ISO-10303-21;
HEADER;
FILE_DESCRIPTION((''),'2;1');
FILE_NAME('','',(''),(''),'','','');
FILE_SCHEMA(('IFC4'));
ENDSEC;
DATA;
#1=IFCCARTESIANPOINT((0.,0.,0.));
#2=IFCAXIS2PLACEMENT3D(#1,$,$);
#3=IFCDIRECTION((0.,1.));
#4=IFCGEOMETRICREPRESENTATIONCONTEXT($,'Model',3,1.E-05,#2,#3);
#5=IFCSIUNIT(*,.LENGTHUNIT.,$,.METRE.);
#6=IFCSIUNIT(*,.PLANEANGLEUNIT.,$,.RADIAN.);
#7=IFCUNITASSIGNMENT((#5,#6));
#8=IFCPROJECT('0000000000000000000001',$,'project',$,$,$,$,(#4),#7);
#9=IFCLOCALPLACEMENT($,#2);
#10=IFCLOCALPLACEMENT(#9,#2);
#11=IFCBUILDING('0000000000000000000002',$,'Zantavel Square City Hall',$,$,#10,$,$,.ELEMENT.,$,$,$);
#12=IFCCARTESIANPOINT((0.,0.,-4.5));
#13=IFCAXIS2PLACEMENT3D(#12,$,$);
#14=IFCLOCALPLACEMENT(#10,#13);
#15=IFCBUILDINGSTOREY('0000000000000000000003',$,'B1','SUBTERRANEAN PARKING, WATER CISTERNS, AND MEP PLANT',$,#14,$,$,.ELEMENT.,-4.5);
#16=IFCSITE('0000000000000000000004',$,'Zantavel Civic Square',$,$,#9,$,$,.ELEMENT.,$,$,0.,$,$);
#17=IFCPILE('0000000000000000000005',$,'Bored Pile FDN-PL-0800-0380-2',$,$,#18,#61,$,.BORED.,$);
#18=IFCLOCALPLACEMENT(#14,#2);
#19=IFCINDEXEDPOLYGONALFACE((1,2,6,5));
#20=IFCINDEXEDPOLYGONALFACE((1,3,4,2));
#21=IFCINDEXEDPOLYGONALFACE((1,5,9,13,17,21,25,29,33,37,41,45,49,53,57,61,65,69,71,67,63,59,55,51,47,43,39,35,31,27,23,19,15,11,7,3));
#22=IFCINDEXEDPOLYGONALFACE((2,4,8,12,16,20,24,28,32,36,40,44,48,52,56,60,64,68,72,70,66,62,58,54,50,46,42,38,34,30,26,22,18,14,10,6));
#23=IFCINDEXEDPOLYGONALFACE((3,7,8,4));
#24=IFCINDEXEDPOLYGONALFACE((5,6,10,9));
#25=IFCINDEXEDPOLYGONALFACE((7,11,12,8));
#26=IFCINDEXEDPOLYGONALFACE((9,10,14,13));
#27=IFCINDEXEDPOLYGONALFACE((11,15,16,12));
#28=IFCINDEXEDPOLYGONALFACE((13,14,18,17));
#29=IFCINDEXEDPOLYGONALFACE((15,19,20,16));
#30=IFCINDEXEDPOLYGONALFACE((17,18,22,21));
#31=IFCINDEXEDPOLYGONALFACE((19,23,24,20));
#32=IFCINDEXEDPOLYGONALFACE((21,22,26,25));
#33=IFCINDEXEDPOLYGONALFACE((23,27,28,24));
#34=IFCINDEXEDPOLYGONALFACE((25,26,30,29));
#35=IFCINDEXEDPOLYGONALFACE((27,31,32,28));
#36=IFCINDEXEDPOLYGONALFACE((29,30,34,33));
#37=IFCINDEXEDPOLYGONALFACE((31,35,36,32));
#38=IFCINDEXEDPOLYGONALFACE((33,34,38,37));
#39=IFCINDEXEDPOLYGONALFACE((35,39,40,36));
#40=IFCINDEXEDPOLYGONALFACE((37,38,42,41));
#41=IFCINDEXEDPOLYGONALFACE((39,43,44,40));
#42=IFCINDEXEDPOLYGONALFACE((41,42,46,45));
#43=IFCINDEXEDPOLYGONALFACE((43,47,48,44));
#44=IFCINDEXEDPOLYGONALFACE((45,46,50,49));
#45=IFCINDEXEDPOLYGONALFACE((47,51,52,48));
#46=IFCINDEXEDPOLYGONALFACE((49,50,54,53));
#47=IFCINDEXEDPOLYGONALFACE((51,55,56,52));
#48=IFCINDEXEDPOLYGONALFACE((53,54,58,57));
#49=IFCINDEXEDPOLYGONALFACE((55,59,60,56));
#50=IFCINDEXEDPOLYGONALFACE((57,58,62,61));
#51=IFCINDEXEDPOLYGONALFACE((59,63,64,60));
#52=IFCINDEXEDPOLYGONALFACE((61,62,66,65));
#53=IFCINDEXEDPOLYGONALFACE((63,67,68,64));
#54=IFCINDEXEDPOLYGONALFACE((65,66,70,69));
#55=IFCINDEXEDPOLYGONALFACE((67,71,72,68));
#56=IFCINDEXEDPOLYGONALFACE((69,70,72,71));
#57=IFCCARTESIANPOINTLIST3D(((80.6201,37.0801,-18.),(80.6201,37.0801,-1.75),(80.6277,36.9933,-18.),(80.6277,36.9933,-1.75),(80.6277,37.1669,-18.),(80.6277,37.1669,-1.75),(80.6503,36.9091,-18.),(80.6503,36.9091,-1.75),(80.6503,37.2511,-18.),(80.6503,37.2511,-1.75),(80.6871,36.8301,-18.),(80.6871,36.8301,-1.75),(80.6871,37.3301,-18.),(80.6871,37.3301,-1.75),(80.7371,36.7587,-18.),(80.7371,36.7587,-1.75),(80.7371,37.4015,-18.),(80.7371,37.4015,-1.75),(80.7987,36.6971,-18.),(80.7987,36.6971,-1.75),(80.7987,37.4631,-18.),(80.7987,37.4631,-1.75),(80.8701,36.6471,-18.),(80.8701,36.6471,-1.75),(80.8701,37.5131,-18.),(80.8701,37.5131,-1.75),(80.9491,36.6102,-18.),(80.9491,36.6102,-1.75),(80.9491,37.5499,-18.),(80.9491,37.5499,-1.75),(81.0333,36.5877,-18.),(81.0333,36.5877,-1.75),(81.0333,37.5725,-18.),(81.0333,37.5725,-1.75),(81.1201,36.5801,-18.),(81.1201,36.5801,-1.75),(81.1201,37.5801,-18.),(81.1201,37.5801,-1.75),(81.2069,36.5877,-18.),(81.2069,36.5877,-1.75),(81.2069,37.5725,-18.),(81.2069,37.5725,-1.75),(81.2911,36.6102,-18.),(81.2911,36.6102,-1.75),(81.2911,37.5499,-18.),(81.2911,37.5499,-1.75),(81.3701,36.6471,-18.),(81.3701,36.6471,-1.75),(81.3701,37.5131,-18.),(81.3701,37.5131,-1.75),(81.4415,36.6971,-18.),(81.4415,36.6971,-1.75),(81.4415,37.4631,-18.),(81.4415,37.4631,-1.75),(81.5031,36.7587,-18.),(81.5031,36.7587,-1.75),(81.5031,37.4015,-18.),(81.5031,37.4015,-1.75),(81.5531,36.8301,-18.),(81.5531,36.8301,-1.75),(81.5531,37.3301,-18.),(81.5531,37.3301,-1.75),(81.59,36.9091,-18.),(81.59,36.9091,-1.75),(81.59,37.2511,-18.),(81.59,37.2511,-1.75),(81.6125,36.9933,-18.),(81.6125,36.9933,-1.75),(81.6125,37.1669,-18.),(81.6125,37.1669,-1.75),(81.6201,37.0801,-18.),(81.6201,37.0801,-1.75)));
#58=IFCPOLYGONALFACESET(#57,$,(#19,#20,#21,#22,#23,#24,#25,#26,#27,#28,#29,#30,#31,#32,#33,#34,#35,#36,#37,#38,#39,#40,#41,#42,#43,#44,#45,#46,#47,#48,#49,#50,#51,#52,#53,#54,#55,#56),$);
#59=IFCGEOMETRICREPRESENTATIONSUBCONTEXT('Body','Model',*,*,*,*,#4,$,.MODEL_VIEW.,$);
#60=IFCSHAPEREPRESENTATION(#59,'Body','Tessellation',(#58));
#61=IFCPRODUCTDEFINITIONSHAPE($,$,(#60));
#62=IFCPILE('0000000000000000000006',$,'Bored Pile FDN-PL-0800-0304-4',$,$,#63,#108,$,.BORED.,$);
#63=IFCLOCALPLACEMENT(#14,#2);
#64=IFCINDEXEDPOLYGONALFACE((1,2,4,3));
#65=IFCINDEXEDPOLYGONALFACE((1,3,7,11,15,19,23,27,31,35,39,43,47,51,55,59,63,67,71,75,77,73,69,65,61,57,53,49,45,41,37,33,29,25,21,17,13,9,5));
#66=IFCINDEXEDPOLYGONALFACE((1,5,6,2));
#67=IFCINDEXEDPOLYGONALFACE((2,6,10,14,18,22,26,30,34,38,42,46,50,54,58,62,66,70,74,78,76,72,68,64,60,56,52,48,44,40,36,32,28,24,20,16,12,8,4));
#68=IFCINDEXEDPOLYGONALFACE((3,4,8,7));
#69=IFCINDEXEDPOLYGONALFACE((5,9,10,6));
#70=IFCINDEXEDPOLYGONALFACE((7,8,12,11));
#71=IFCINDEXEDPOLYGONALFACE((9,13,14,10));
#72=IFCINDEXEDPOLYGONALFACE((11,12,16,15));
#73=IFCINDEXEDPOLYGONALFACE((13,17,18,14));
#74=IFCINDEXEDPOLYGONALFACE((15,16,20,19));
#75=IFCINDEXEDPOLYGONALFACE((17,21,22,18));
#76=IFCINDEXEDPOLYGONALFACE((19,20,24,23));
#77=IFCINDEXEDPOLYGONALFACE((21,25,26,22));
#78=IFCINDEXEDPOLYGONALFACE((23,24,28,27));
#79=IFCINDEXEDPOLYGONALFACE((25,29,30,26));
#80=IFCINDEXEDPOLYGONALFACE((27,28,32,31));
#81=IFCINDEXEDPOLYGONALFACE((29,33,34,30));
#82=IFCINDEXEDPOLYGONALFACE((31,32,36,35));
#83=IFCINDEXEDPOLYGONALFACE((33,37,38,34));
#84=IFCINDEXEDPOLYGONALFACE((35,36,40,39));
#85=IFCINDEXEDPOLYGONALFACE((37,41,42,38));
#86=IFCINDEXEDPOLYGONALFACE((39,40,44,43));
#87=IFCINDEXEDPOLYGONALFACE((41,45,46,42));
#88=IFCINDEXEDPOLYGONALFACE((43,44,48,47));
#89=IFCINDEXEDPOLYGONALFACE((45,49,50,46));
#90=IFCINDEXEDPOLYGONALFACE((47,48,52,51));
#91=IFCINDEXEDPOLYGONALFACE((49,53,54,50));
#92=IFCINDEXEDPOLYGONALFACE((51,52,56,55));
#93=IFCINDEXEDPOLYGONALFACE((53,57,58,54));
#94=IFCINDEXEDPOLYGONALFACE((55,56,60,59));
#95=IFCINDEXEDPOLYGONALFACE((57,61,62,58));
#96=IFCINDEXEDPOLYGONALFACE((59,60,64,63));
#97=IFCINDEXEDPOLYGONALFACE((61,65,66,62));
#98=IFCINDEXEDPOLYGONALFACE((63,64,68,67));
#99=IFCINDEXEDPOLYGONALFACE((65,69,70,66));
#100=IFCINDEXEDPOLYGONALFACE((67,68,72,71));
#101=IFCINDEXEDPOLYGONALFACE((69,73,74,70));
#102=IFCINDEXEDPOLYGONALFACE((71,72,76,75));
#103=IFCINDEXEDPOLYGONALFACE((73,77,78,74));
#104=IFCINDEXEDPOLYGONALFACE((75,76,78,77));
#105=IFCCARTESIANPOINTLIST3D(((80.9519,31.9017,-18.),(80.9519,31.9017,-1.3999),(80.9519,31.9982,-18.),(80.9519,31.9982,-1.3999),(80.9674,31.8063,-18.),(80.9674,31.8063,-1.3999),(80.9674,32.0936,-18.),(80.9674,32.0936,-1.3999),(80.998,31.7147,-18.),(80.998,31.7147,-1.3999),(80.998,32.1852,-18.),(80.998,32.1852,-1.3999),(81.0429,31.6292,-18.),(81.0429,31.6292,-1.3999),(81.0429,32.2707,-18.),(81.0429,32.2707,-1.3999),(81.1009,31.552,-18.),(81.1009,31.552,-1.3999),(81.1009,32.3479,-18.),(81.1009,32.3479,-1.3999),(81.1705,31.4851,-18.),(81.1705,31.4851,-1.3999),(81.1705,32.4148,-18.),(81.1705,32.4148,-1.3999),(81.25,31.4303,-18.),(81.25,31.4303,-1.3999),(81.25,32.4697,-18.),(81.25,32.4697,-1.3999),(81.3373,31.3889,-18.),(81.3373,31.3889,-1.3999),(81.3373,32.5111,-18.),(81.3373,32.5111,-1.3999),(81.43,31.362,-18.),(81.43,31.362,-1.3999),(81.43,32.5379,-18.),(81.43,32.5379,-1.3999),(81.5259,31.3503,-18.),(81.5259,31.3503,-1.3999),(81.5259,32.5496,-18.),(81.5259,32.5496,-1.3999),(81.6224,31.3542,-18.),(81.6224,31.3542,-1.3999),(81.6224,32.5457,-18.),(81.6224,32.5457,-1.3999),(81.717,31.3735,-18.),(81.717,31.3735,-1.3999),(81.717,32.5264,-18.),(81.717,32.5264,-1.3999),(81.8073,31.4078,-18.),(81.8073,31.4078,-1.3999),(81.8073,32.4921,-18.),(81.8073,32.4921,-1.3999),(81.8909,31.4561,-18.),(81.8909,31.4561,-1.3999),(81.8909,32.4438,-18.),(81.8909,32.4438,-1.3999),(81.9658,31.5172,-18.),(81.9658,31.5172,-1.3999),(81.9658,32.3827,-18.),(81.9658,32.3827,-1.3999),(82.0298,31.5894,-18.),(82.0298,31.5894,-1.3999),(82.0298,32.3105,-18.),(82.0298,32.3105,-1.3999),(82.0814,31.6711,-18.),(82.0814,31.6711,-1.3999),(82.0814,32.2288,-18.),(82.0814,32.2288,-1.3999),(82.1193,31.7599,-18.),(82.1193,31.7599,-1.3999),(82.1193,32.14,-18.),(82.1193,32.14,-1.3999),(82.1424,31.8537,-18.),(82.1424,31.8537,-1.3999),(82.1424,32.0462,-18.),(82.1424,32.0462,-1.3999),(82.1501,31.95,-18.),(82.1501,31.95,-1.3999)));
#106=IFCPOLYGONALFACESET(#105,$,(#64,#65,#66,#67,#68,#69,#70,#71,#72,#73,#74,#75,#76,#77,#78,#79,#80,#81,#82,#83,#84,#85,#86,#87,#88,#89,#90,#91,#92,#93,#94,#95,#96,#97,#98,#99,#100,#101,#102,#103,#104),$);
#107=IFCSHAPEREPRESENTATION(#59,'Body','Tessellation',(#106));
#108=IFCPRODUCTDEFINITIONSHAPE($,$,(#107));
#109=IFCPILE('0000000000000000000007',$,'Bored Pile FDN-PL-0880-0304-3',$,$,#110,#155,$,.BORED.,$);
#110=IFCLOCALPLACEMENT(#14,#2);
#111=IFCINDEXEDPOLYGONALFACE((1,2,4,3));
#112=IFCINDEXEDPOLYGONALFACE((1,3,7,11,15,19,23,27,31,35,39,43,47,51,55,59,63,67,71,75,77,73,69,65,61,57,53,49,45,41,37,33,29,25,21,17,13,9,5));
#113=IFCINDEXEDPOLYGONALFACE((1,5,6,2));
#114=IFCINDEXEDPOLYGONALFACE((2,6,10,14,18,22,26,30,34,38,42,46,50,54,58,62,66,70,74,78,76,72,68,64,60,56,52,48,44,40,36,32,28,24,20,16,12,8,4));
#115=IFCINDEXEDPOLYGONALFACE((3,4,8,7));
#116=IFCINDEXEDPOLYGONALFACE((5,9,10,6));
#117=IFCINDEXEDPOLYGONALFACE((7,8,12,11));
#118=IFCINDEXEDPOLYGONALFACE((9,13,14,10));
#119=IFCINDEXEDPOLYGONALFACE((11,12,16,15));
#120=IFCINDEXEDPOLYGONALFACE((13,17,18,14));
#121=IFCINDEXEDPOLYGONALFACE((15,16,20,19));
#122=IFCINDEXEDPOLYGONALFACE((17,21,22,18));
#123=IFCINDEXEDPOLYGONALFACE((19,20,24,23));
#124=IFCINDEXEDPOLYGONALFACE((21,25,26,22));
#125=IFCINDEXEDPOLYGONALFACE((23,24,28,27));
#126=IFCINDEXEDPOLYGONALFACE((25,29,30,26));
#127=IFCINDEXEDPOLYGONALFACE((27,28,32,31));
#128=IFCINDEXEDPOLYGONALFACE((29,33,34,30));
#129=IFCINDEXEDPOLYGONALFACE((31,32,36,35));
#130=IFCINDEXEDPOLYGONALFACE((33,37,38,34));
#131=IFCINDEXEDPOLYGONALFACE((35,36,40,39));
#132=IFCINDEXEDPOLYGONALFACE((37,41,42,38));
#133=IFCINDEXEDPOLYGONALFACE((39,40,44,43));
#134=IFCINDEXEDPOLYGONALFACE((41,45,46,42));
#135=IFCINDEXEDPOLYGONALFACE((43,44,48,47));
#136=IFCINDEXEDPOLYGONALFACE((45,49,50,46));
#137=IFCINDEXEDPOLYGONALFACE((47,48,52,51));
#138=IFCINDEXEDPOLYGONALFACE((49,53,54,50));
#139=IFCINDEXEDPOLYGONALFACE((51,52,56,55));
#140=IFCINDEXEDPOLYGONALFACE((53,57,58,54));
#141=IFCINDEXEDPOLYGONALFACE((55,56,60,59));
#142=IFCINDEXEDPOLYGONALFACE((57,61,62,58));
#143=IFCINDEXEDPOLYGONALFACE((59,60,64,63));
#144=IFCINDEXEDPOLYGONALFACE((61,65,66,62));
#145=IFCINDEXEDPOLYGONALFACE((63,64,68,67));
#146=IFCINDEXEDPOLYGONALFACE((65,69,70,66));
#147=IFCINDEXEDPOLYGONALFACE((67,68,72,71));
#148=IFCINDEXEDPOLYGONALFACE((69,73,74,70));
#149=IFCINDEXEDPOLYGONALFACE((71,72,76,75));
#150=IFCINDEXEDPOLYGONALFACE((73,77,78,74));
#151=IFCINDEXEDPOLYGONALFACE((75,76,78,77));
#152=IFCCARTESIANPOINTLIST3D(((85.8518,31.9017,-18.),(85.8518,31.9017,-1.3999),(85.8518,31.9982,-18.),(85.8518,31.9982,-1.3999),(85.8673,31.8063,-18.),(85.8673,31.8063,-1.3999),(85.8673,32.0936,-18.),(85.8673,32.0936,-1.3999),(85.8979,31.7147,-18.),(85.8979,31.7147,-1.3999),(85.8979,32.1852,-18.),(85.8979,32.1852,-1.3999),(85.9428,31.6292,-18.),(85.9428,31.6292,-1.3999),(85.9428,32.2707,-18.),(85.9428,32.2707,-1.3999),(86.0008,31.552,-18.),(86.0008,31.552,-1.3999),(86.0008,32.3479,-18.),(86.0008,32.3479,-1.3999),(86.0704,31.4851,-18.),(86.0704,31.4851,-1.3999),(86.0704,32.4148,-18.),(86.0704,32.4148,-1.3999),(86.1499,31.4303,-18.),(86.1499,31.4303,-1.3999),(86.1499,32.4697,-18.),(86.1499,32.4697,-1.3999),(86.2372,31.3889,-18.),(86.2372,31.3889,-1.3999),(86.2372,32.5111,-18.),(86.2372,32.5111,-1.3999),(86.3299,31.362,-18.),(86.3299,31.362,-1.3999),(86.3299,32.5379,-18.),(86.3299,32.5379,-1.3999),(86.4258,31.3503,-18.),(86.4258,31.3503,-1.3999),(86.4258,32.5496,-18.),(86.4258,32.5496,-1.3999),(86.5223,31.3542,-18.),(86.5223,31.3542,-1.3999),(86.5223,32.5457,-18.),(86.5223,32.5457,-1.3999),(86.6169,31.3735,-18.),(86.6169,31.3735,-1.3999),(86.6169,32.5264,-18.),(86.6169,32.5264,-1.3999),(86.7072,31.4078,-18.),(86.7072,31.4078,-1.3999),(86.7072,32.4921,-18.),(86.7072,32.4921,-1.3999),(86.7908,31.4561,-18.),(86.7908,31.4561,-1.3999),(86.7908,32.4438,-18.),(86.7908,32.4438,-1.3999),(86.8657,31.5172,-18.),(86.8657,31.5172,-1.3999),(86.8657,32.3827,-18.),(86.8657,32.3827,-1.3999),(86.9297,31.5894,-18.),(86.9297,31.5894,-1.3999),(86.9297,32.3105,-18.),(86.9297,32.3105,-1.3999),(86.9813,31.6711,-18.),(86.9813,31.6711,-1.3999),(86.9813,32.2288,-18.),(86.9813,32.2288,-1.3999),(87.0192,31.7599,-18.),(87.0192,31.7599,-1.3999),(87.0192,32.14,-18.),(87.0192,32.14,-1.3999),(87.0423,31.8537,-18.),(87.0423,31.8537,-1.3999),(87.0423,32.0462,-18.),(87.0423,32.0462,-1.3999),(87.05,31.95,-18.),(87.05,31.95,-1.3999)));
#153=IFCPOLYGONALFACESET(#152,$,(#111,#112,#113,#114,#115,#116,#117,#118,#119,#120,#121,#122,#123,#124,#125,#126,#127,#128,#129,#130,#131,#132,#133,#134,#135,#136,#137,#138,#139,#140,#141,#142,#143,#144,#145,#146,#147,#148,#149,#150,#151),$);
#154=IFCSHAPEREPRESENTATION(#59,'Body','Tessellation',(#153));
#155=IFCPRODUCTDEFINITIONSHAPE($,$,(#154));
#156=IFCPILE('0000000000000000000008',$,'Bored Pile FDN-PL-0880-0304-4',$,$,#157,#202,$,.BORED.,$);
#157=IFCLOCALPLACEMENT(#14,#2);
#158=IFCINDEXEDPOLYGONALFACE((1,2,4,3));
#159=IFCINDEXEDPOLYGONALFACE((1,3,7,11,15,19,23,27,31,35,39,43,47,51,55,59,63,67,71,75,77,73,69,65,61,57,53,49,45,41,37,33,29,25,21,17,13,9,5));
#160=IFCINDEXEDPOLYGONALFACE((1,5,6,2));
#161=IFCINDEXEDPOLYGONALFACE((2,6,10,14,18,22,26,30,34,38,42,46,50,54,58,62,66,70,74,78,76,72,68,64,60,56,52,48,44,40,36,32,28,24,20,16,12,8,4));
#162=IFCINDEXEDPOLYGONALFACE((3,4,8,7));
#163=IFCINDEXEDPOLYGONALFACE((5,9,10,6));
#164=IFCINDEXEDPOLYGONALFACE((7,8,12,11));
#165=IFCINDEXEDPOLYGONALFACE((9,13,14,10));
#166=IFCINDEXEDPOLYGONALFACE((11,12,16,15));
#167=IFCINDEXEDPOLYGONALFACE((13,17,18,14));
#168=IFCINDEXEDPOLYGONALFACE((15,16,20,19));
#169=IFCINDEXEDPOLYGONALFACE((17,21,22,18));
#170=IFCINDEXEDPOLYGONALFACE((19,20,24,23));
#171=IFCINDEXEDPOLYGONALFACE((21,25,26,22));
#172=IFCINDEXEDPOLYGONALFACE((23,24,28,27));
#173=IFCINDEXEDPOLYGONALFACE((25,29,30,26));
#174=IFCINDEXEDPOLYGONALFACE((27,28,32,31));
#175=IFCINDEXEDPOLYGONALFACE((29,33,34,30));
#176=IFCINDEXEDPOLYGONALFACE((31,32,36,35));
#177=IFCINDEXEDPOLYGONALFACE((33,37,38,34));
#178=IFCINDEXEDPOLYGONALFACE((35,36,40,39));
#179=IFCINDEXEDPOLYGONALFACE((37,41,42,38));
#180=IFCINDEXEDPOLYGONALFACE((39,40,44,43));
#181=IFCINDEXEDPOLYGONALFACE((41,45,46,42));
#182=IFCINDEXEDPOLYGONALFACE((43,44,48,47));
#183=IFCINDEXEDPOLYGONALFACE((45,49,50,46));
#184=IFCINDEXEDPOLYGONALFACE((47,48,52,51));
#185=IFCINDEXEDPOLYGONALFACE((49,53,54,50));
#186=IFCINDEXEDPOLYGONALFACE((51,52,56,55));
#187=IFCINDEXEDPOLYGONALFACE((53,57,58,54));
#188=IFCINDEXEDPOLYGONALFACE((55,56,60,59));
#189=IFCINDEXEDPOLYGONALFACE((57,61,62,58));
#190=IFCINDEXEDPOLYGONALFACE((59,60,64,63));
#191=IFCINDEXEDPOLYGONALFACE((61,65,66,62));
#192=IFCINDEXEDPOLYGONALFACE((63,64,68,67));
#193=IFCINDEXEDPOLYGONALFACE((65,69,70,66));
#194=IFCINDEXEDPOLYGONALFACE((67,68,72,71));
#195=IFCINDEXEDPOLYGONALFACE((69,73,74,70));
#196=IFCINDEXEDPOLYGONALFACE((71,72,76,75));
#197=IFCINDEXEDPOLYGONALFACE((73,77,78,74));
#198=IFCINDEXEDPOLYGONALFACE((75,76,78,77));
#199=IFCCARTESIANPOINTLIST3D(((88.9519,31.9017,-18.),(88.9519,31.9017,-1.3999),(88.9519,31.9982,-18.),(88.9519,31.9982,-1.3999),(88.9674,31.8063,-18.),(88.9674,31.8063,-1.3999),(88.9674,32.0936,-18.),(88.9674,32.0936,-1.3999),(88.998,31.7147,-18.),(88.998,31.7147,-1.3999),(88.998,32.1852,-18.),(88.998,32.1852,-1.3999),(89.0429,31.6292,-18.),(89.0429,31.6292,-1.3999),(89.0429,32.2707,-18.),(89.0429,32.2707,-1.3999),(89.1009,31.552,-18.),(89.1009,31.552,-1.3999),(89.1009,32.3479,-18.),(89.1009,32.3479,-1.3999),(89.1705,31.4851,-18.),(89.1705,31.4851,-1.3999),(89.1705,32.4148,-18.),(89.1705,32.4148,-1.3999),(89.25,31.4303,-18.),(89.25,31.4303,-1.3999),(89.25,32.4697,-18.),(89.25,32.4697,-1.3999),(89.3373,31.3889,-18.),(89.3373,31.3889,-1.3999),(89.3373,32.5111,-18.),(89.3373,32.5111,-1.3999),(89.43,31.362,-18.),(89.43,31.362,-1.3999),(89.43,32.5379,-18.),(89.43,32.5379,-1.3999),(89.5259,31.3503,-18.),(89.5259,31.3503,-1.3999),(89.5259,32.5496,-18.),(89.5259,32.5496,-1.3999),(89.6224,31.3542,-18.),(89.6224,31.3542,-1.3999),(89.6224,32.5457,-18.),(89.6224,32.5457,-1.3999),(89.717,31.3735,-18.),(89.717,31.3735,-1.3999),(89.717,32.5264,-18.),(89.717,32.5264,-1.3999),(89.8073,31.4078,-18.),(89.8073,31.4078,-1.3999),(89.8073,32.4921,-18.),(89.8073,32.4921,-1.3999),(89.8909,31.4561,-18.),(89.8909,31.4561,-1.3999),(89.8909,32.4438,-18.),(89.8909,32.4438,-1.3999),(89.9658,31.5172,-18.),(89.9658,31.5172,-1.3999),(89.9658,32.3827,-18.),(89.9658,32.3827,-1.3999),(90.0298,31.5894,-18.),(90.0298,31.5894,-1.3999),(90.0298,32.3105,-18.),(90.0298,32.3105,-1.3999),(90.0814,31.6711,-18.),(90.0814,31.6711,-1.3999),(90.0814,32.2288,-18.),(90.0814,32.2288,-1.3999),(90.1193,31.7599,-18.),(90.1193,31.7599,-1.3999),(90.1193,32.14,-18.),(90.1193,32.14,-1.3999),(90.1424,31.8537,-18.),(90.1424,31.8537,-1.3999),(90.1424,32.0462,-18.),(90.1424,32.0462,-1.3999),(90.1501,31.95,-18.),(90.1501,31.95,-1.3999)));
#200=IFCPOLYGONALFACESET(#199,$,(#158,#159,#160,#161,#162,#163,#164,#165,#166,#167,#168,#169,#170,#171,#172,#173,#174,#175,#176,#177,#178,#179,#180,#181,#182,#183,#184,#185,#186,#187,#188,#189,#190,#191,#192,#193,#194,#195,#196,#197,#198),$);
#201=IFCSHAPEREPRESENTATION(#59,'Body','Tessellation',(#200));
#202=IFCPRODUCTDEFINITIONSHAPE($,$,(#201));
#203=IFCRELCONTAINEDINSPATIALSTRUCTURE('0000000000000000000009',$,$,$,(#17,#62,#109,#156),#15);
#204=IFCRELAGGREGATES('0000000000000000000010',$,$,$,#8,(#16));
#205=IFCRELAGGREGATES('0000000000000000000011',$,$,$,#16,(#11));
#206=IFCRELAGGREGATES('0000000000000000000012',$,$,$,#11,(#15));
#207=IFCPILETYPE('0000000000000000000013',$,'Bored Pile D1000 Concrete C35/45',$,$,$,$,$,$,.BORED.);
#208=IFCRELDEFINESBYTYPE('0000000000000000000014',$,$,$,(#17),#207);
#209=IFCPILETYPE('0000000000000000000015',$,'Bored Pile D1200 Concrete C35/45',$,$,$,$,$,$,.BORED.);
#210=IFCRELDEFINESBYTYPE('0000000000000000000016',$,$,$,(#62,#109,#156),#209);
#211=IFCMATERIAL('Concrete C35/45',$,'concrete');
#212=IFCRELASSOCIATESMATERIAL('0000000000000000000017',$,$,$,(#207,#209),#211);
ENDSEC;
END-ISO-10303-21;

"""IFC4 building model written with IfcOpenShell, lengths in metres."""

from ifc_helpers import new_model, si_unit, direction, frame, origin, origin_2d, place, context, subcontext, project, spatial, circle, extrude, material, material_profile, profile_set, type_object, element, save


model = new_model("IFC4")

# Units and contexts
model_context = context("Model", 3, precision=1e-05, world=origin(), true_north=direction((0.0, 1.0)))
body_context = subcontext(model_context, "Body", "Model", "MODEL_VIEW")
ifc_project = project(units=[si_unit("LENGTHUNIT", "METRE"), si_unit("PLANEANGLEUNIT", "RADIAN")], contexts=[model_context])

# Site, building, storey
site_placement = place(None, origin())
site = spatial("IfcSite", under=ifc_project, at=site_placement, Name="Zantavel Civic Square", CompositionType="ELEMENT", RefElevation=0.0)
building_placement = place(site_placement, origin())
building = spatial("IfcBuilding", under=site, at=building_placement, Name="Zantavel Square City Hall", CompositionType="ELEMENT")
storey_placement = place(building_placement, frame((0.0, 0.0, -4.5)))
storey = spatial("IfcBuildingStorey", under=building, at=storey_placement, Name="B1", Description="SUBTERRANEAN PARKING, WATER CISTERNS, AND MEP PLANT", CompositionType="ELEMENT", Elevation=-4.5)

# Piles
ifc_material_1 = material(Name="Concrete C35/45", Category="concrete")
ifc_material_profile_1 = material_profile(ifc_material_1, circle(Radius=0.5, at=origin_2d()), Name="PILE D1000")
ifc_profile_set_1 = profile_set([ifc_material_profile_1], Name="Concrete C35/45")
pile_type_1 = type_object("IfcPileType", Name="Bored Pile D1000 Concrete C35/45", PredefinedType="BORED", material=ifc_profile_set_1)
pile_1_placement = place(storey_placement, frame((81.1201, 37.0801, -1.75), z_axis=(0.0, 0.0, -1.0), x_axis=(1.0, 0.0, 0.0)))
element("IfcPile", 1, at=pile_1_placement, inside=storey, type_object=pile_type_1, Name="Bored Pile FDN-PL-0800-0380-2", PredefinedType="BORED", context=body_context, shape_type="SweptSolid", body=[
    extrude(circle(Radius=0.5, at=origin_2d()), origin(), (0.0, 0.0, 1.0), 16.25),
])
ifc_material_profile_2 = material_profile(ifc_material_1, circle(Radius=0.6001, at=origin_2d()), Name="PILE D1200")
ifc_profile_set_2 = profile_set([ifc_material_profile_2], Name="Concrete C35/45")
pile_type_2 = type_object("IfcPileType", Name="Bored Pile D1200 Concrete C35/45", PredefinedType="BORED", material=ifc_profile_set_2)
for number, where, z_axis, x_axis, name in (
    (2, (81.55, 31.95, -1.3999), (0.0, 0.0, -1.0), (1.0, 0.0, 0.0), "Bored Pile FDN-PL-0800-0304-4"),
    (3, (86.45, 31.95, -1.3999), (0.0, 0.0, -1.0), (1.0, 0.0, 0.0), "Bored Pile FDN-PL-0880-0304-3"),
    (4, (89.55, 31.95, -1.3999), (0.0, 0.0, -1.0), (1.0, 0.0, 0.0), "Bored Pile FDN-PL-0880-0304-4"),
):
    element("IfcPile", number, at=place(storey_placement, frame(where, z_axis=z_axis, x_axis=x_axis)), inside=storey, type_object=pile_type_2, Name=name, PredefinedType="BORED", context=body_context, shape_type="SweptSolid", body=[
        extrude(circle(Radius=0.6001, at=origin_2d()), origin(), (0.0, 0.0, 1.0), 16.6001),
    ])

save(model, "model.ifc")
